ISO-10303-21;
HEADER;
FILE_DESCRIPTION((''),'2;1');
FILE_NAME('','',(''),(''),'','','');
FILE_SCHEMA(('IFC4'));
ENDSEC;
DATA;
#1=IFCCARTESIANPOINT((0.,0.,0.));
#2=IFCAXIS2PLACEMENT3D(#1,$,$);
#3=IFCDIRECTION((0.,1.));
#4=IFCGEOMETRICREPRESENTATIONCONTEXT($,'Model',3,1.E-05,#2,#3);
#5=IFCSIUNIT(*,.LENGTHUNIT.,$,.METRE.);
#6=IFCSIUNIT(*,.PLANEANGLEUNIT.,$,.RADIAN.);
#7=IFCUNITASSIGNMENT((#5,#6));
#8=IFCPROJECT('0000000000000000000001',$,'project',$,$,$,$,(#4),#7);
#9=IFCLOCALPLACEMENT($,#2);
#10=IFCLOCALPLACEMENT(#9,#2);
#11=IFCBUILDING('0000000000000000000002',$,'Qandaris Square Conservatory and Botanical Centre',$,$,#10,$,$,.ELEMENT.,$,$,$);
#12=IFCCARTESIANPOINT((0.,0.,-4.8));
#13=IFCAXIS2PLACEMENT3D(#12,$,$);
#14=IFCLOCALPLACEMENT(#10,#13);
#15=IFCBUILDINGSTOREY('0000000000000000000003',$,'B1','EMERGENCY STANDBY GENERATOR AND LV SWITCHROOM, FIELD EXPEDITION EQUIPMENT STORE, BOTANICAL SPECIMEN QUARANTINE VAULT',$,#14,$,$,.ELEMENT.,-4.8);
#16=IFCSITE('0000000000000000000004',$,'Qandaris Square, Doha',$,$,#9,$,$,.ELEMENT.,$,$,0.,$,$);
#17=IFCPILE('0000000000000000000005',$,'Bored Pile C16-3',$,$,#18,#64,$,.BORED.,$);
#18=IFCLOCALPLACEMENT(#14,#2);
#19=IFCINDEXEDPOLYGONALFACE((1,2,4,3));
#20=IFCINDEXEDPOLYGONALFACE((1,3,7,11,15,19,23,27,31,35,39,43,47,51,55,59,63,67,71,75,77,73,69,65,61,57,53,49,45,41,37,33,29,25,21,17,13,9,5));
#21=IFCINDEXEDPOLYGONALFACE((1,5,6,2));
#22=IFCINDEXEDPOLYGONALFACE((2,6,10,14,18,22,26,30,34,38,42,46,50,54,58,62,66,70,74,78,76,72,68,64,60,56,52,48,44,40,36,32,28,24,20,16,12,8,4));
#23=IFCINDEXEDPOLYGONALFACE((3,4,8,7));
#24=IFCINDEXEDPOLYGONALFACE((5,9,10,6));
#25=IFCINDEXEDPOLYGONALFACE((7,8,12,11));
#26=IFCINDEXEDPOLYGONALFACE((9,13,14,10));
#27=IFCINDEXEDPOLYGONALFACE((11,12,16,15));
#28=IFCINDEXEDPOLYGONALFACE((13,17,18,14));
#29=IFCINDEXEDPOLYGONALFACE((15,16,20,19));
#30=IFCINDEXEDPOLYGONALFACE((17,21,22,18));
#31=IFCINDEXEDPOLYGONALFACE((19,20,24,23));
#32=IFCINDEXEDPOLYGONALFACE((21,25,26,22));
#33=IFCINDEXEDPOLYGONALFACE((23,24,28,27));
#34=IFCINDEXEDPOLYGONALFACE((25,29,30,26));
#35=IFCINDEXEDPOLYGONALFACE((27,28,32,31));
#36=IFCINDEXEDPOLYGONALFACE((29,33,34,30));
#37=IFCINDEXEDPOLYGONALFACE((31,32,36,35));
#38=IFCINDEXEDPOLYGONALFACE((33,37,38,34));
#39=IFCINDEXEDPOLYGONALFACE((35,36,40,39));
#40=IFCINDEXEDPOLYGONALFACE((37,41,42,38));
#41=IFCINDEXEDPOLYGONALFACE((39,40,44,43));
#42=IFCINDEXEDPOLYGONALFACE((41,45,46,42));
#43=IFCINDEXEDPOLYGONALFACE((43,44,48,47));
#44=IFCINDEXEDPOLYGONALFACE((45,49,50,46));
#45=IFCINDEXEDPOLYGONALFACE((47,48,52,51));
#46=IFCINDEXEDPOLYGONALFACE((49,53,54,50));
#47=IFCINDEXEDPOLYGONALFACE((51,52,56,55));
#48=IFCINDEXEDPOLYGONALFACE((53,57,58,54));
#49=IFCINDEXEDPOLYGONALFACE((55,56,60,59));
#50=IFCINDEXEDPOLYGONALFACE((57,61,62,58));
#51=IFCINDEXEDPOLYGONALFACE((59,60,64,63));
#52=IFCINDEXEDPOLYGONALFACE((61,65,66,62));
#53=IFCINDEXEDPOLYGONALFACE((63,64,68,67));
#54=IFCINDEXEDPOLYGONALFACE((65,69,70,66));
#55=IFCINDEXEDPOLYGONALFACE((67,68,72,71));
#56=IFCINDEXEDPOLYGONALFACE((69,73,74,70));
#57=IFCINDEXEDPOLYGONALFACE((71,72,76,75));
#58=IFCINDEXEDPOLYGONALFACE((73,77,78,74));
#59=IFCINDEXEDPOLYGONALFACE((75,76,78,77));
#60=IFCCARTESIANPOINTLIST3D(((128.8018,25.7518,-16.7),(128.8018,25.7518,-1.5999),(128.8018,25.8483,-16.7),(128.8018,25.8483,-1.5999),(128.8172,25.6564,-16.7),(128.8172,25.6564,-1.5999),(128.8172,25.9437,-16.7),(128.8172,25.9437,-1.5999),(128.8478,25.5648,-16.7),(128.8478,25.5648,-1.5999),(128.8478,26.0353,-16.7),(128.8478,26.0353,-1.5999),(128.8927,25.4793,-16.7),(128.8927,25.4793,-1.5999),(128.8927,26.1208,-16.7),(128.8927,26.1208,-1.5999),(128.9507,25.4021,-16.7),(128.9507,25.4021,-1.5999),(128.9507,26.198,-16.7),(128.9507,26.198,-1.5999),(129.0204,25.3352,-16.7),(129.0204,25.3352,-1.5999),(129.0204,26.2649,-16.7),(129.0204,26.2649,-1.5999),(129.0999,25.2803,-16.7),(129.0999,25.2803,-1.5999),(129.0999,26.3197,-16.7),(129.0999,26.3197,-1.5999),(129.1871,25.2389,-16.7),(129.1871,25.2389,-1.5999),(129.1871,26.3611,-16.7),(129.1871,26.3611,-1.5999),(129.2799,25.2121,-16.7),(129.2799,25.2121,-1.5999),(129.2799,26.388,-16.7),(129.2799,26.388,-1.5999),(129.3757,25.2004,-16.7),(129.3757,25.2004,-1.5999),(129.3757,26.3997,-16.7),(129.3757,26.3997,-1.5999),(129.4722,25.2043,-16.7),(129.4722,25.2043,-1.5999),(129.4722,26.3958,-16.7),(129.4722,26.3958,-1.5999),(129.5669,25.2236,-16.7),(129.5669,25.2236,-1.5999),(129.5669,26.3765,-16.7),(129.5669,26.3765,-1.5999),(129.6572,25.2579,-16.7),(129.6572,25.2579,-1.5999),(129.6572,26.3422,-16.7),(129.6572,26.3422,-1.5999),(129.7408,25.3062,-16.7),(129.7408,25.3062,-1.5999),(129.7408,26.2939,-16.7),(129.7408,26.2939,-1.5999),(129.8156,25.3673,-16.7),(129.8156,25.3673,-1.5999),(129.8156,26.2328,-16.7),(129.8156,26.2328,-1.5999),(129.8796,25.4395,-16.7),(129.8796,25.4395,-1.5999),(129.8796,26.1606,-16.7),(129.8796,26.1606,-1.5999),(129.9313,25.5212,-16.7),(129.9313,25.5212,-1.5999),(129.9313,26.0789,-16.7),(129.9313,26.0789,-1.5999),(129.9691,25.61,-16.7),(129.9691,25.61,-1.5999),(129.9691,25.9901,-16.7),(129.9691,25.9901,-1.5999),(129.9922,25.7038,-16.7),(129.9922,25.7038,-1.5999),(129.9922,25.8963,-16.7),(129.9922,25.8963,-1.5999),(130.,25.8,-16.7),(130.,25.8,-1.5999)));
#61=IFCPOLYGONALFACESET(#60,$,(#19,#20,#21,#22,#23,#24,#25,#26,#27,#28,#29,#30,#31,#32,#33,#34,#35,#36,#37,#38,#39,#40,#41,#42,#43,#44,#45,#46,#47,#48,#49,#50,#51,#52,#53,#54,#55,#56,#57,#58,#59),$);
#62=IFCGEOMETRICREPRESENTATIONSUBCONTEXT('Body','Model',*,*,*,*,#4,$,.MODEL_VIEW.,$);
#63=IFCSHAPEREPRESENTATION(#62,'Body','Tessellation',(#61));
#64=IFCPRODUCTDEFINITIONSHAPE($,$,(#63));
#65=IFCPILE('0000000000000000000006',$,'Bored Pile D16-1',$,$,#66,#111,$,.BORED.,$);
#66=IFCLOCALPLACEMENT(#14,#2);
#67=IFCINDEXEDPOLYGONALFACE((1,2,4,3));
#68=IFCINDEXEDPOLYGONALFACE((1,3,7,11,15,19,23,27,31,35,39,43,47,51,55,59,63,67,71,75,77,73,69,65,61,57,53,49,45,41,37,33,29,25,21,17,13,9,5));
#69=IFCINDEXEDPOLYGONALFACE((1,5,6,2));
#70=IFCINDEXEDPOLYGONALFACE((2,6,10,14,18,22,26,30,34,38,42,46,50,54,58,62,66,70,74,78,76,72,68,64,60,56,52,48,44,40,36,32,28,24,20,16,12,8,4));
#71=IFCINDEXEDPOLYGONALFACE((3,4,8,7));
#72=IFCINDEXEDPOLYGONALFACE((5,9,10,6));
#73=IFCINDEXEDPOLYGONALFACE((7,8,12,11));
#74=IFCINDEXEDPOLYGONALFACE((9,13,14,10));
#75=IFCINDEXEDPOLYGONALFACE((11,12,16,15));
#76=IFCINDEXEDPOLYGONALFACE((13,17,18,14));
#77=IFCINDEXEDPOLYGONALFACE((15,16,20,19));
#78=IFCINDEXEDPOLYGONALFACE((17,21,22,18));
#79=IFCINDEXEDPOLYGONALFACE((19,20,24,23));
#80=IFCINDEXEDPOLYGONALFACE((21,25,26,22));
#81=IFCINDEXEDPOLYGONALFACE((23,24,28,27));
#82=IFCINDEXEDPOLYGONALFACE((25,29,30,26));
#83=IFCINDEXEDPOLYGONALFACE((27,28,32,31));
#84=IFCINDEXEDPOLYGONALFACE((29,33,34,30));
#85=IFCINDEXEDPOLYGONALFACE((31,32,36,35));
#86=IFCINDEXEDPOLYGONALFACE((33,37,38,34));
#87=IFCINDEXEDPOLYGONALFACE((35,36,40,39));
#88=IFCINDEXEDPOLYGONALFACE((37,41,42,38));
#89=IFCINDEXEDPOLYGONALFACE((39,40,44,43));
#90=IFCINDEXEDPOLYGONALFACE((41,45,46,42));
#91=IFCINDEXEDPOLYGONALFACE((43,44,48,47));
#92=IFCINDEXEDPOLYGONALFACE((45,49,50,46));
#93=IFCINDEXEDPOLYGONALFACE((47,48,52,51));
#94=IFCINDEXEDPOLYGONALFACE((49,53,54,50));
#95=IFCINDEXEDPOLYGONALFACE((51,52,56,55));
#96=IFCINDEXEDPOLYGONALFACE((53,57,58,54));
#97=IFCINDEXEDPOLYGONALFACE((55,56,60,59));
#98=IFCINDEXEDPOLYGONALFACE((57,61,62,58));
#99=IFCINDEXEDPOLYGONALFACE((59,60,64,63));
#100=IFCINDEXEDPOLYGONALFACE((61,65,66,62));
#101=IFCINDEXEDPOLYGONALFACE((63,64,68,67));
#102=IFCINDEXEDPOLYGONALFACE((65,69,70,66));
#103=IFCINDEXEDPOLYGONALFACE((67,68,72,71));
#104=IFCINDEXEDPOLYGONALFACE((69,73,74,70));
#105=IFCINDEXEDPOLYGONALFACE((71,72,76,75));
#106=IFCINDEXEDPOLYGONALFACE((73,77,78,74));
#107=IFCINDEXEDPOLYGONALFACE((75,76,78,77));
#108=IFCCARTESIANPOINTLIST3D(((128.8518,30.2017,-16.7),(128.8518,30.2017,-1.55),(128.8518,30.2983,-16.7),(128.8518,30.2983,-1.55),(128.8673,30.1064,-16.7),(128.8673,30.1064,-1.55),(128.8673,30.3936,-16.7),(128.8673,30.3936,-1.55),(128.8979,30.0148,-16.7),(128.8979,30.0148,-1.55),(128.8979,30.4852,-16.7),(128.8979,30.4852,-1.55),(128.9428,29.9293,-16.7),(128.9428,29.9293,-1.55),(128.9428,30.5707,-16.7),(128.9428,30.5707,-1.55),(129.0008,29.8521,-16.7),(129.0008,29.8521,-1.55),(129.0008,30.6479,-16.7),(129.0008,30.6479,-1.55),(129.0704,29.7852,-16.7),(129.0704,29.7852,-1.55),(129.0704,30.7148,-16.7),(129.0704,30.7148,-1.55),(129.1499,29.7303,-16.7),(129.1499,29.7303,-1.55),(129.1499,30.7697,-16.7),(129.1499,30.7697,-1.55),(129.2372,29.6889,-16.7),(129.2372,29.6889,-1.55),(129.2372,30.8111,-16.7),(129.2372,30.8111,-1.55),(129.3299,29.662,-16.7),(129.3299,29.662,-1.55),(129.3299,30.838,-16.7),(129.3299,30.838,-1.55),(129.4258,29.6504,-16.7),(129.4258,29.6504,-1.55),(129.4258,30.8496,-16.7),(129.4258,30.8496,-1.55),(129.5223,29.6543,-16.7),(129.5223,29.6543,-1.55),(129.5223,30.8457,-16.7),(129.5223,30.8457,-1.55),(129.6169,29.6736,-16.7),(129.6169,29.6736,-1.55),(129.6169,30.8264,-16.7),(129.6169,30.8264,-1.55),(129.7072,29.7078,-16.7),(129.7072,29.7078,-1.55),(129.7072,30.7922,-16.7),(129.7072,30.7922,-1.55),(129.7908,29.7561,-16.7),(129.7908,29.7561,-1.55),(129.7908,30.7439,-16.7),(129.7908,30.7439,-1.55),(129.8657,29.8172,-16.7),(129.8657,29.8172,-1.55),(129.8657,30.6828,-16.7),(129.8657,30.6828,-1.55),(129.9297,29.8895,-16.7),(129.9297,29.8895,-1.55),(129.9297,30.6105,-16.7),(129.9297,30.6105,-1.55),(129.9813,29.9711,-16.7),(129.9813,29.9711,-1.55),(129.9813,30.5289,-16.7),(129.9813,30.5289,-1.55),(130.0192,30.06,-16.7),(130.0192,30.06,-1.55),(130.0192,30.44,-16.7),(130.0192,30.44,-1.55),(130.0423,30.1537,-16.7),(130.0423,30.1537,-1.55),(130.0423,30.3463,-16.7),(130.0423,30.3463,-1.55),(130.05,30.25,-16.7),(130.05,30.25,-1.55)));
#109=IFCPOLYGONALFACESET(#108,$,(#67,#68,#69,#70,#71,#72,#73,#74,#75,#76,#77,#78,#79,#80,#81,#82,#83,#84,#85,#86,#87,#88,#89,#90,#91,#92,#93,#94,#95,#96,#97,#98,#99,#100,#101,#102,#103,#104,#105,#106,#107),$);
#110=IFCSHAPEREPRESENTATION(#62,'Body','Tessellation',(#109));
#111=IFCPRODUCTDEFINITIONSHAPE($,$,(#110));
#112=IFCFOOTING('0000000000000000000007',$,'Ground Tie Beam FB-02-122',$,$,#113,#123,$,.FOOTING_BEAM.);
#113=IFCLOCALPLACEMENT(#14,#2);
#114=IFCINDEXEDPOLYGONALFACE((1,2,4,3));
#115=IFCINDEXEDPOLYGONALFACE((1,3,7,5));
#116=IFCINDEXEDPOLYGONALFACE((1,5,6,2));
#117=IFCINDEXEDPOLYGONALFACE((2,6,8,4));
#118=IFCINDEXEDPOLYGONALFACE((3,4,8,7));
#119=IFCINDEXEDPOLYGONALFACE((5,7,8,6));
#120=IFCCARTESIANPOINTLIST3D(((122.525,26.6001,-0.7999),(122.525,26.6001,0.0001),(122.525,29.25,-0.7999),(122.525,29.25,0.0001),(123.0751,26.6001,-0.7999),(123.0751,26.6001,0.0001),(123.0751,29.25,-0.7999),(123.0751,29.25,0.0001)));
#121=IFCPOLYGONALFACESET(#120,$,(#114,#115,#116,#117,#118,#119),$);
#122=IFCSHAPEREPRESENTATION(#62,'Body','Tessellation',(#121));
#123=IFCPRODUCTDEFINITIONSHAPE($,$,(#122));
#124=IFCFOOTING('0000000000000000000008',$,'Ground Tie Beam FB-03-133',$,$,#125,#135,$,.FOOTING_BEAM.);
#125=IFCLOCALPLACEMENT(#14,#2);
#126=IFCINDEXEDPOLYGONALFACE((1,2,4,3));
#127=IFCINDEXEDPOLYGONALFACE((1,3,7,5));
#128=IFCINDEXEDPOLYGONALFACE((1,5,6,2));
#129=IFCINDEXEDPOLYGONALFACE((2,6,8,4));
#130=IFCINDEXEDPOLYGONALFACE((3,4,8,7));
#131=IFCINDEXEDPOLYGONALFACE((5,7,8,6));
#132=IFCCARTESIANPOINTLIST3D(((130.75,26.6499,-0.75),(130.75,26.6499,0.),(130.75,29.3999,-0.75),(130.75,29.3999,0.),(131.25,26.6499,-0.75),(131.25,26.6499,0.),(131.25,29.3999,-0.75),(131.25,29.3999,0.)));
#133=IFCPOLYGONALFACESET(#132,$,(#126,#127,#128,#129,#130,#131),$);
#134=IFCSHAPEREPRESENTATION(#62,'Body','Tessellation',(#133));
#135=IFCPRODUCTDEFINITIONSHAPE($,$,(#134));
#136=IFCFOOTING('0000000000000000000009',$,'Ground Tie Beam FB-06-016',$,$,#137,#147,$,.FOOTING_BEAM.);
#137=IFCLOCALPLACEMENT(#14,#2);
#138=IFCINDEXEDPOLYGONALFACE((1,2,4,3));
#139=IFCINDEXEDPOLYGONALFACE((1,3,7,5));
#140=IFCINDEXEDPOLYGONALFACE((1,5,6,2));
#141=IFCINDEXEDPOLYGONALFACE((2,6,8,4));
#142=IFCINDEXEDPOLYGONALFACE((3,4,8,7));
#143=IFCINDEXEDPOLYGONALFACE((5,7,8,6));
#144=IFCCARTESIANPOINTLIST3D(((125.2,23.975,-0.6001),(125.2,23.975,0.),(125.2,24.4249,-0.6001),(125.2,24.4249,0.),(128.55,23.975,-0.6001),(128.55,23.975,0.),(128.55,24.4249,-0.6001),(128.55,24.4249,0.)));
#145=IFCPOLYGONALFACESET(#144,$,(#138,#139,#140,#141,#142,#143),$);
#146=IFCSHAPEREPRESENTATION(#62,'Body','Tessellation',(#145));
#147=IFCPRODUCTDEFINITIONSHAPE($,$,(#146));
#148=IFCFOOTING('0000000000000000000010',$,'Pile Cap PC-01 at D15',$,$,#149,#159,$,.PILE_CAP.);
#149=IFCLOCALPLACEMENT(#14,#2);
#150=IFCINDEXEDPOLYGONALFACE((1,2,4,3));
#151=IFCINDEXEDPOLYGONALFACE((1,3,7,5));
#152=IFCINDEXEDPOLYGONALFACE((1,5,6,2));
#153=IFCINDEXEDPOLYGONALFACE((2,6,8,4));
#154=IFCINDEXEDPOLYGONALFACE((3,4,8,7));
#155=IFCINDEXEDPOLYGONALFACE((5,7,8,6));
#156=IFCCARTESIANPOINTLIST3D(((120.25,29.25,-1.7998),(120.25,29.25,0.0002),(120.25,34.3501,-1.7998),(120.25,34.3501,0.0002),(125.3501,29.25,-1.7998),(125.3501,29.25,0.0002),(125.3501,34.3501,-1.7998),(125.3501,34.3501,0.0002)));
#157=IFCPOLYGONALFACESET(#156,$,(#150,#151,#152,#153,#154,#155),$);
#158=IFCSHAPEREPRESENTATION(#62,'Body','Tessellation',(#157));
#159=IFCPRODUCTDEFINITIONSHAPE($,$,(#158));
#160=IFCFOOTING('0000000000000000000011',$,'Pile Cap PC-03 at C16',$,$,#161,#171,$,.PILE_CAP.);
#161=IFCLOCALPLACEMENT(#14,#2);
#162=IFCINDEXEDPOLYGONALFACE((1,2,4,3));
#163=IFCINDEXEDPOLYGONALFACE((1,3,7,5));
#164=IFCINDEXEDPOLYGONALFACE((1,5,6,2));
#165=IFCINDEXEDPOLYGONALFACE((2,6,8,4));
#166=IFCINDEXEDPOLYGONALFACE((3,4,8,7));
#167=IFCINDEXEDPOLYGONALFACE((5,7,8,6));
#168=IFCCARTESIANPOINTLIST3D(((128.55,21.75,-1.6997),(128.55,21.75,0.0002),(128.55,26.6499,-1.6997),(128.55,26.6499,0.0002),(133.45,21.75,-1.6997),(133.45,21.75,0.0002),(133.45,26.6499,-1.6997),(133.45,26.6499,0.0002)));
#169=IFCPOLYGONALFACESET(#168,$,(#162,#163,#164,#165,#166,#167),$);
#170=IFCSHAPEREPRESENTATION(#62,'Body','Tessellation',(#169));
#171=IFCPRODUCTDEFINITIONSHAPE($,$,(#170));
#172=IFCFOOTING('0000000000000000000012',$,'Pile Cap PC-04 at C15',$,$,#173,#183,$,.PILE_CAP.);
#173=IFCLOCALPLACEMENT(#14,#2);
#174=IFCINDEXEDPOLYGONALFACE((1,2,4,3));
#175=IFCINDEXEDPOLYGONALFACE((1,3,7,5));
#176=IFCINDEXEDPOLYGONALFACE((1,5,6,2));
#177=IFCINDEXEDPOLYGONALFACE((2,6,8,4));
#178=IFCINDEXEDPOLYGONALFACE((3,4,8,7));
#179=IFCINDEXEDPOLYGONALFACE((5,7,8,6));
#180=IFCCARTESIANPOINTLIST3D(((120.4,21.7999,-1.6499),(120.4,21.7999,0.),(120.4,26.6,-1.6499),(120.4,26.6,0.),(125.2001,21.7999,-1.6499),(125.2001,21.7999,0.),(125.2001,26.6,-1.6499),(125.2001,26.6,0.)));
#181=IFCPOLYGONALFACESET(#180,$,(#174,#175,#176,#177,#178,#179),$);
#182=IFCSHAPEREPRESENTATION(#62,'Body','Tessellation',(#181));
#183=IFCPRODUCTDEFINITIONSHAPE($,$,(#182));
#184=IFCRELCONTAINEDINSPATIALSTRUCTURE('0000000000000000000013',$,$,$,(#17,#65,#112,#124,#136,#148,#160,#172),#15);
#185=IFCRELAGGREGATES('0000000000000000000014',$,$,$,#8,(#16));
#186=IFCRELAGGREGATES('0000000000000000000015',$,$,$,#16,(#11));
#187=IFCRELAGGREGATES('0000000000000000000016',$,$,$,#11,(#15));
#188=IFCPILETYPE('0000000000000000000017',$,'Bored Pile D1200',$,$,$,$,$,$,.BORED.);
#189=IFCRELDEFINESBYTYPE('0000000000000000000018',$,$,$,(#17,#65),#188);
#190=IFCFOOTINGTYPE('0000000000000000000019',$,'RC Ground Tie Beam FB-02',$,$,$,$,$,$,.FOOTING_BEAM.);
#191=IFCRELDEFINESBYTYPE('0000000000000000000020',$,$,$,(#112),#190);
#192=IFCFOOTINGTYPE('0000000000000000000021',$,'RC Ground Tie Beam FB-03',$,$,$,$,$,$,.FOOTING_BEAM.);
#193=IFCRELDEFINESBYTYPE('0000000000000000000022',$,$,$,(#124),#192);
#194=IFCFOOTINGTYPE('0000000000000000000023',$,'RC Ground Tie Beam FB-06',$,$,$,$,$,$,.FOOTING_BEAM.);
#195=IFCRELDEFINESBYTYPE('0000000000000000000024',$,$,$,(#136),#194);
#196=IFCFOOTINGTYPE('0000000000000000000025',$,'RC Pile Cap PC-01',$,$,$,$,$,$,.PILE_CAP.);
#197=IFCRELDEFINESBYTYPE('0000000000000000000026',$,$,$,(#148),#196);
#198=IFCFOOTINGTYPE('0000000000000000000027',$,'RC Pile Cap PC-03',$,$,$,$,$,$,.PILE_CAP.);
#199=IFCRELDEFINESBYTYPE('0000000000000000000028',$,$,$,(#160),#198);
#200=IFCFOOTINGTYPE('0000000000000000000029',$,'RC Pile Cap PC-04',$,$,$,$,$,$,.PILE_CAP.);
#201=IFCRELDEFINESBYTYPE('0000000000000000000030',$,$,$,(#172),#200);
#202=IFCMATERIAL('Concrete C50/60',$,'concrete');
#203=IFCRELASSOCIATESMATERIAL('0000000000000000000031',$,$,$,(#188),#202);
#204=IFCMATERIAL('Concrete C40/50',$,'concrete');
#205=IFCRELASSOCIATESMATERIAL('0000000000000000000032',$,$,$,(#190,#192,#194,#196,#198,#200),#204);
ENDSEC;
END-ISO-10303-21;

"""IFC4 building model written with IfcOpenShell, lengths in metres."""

from ifc_helpers import new_model, si_unit, direction, frame, origin, origin_2d, place, context, subcontext, project, spatial, rectangle, circle, extrude, material, material_profile, profile_set, type_object, element, save


model = new_model("IFC4")

# Units and contexts
model_context = context("Model", 3, precision=1e-05, world=origin(), true_north=direction((0.0, 1.0)))
body_context = subcontext(model_context, "Body", "Model", "MODEL_VIEW")
ifc_project = project(units=[si_unit("LENGTHUNIT", "METRE"), si_unit("PLANEANGLEUNIT", "RADIAN")], contexts=[model_context])

# Site, building, storey
site_placement = place(None, origin())
site = spatial("IfcSite", under=ifc_project, at=site_placement, Name="Qandaris Square, Doha", CompositionType="ELEMENT", RefElevation=0.0)
building_placement = place(site_placement, origin())
building = spatial("IfcBuilding", under=site, at=building_placement, Name="Qandaris Square Conservatory and Botanical Centre", CompositionType="ELEMENT")
storey_placement = place(building_placement, frame((0.0, 0.0, -4.8)))
storey = spatial("IfcBuildingStorey", under=building, at=storey_placement, Name="B1", Description="EMERGENCY STANDBY GENERATOR AND LV SWITCHROOM, FIELD EXPEDITION EQUIPMENT STORE, BOTANICAL SPECIMEN QUARANTINE VAULT", CompositionType="ELEMENT", Elevation=-4.8)

# Piles
ifc_material_1 = material(Name="Concrete C50/60", Category="concrete")
ifc_material_profile_1 = material_profile(ifc_material_1, circle(Radius=0.6001, at=origin_2d()), Name="PILE D1200")
ifc_profile_set_1 = profile_set([ifc_material_profile_1], Name="Concrete C50/60")
pile_type = type_object("IfcPileType", Name="Bored Pile D1200", PredefinedType="BORED", material=ifc_profile_set_1)
for number, where, z_axis, x_axis, name in (
    (1, (129.3999, 25.8, -1.5999), (0.0, 0.0, -1.0), (1.0, 0.0, 0.0), "Bored Pile C16-3"),
):
    element("IfcPile", number, at=place(storey_placement, frame(where, z_axis=z_axis, x_axis=x_axis)), inside=storey, type_object=pile_type, Name=name, PredefinedType="BORED", context=body_context, shape_type="SweptSolid", body=[
        extrude(circle(Radius=0.6001, at=origin_2d()), origin(), (0.0, 0.0, 1.0), 15.1001),
    ])
pile_1_placement = place(storey_placement, frame((129.45, 30.25, -1.55), z_axis=(0.0, 0.0, -1.0), x_axis=(1.0, 0.0, 0.0)))
element("IfcPile", 2, at=pile_1_placement, inside=storey, type_object=pile_type, Name="Bored Pile D16-1", PredefinedType="BORED", context=body_context, shape_type="SweptSolid", body=[
    extrude(circle(Radius=0.6001, at=origin_2d()), origin(), (0.0, 0.0, 1.0), 15.1499),
])

# Footings
ifc_material_2 = material(Name="Concrete C40/50", Category="concrete")
ifc_material_profile_2 = material_profile(ifc_material_2, rectangle(XDim=0.55, YDim=0.8, at=origin_2d()), Name="FB 550x800")
ifc_profile_set_2 = profile_set([ifc_material_profile_2], Name="Concrete C40/50")
footing_type_1 = type_object("IfcFootingType", Name="RC Ground Tie Beam FB-02", PredefinedType="FOOTING_BEAM", material=ifc_profile_set_2)
footing_1_placement = place(storey_placement, frame((122.8, 26.6001, -0.3999), z_axis=(0.0, 1.0, 0.0), x_axis=(-1.0, 0.0, 0.0)))
element("IfcFooting", 3, at=footing_1_placement, inside=storey, type_object=footing_type_1, Name="Ground Tie Beam FB-02-122", PredefinedType="FOOTING_BEAM", context=body_context, shape_type="SweptSolid", body=[
    extrude(rectangle(XDim=0.55, YDim=0.8, at=origin_2d()), origin(), (0.0, 0.0, 1.0), 2.6499),
])
ifc_material_profile_3 = material_profile(ifc_material_2, rectangle(XDim=0.5, YDim=0.75, at=origin_2d()), Name="FB 500x750")
ifc_profile_set_3 = profile_set([ifc_material_profile_3], Name="Concrete C40/50")
footing_type_2 = type_object("IfcFootingType", Name="RC Ground Tie Beam FB-03", PredefinedType="FOOTING_BEAM", material=ifc_profile_set_3)
footing_2_placement = place(storey_placement, frame((131.0, 26.6499, -0.375), z_axis=(0.0, 1.0, 0.0), x_axis=(-1.0, 0.0, 0.0)))
element("IfcFooting", 4, at=footing_2_placement, inside=storey, type_object=footing_type_2, Name="Ground Tie Beam FB-03-133", PredefinedType="FOOTING_BEAM", context=body_context, shape_type="SweptSolid", body=[
    extrude(rectangle(XDim=0.5, YDim=0.75, at=origin_2d()), origin(), (0.0, 0.0, 1.0), 2.75),
])
ifc_material_profile_4 = material_profile(ifc_material_2, rectangle(XDim=0.45, YDim=0.6001, at=origin_2d()), Name="FB 450x600")
ifc_profile_set_4 = profile_set([ifc_material_profile_4], Name="Concrete C40/50")
footing_type_3 = type_object("IfcFootingType", Name="RC Ground Tie Beam FB-06", PredefinedType="FOOTING_BEAM", material=ifc_profile_set_4)
footing_3_placement = place(storey_placement, frame((125.2, 24.2, -0.3), z_axis=(1.0, 0.0, 0.0), x_axis=(0.0, 1.0, 0.0)))
element("IfcFooting", 5, at=footing_3_placement, inside=storey, type_object=footing_type_3, Name="Ground Tie Beam FB-06-016", PredefinedType="FOOTING_BEAM", context=body_context, shape_type="SweptSolid", body=[
    extrude(rectangle(XDim=0.45, YDim=0.6001, at=origin_2d()), origin(), (0.0, 0.0, 1.0), 3.3501),
])
footing_type_4 = type_object("IfcFootingType", Name="RC Pile Cap PC-01", PredefinedType="PILE_CAP", material=ifc_material_2)
footing_4_placement = place(storey_placement, frame((122.8, 31.8, -1.7998), z_axis=(0.0, 0.0, 1.0), x_axis=(1.0, 0.0, 0.0)))
element("IfcFooting", 6, at=footing_4_placement, inside=storey, type_object=footing_type_4, Name="Pile Cap PC-01 at D15", PredefinedType="PILE_CAP", context=body_context, shape_type="SweptSolid", body=[
    extrude(rectangle(XDim=5.1001, YDim=5.1001, at=origin_2d()), origin(), (0.0, 0.0, 1.0), 1.8),
])
footing_type_5 = type_object("IfcFootingType", Name="RC Pile Cap PC-03", PredefinedType="PILE_CAP", material=ifc_material_2)
footing_5_placement = place(storey_placement, frame((131.0, 24.2, -1.6997), z_axis=(0.0, 0.0, 1.0), x_axis=(1.0, 0.0, 0.0)))
element("IfcFooting", 7, at=footing_5_placement, inside=storey, type_object=footing_type_5, Name="Pile Cap PC-03 at C16", PredefinedType="PILE_CAP", context=body_context, shape_type="SweptSolid", body=[
    extrude(rectangle(XDim=4.8999, YDim=4.8999, at=origin_2d()), origin(), (0.0, 0.0, 1.0), 1.7),
])
footing_type_6 = type_object("IfcFootingType", Name="RC Pile Cap PC-04", PredefinedType="PILE_CAP", material=ifc_material_2)
footing_6_placement = place(storey_placement, frame((122.8, 24.2, -1.6499), z_axis=(0.0, 0.0, 1.0), x_axis=(1.0, 0.0, 0.0)))
element("IfcFooting", 8, at=footing_6_placement, inside=storey, type_object=footing_type_6, Name="Pile Cap PC-04 at C15", PredefinedType="PILE_CAP", context=body_context, shape_type="SweptSolid", body=[
    extrude(rectangle(XDim=4.8, YDim=4.8, at=origin_2d()), origin(), (0.0, 0.0, 1.0), 1.6499),
])

save(model, "model.ifc")
